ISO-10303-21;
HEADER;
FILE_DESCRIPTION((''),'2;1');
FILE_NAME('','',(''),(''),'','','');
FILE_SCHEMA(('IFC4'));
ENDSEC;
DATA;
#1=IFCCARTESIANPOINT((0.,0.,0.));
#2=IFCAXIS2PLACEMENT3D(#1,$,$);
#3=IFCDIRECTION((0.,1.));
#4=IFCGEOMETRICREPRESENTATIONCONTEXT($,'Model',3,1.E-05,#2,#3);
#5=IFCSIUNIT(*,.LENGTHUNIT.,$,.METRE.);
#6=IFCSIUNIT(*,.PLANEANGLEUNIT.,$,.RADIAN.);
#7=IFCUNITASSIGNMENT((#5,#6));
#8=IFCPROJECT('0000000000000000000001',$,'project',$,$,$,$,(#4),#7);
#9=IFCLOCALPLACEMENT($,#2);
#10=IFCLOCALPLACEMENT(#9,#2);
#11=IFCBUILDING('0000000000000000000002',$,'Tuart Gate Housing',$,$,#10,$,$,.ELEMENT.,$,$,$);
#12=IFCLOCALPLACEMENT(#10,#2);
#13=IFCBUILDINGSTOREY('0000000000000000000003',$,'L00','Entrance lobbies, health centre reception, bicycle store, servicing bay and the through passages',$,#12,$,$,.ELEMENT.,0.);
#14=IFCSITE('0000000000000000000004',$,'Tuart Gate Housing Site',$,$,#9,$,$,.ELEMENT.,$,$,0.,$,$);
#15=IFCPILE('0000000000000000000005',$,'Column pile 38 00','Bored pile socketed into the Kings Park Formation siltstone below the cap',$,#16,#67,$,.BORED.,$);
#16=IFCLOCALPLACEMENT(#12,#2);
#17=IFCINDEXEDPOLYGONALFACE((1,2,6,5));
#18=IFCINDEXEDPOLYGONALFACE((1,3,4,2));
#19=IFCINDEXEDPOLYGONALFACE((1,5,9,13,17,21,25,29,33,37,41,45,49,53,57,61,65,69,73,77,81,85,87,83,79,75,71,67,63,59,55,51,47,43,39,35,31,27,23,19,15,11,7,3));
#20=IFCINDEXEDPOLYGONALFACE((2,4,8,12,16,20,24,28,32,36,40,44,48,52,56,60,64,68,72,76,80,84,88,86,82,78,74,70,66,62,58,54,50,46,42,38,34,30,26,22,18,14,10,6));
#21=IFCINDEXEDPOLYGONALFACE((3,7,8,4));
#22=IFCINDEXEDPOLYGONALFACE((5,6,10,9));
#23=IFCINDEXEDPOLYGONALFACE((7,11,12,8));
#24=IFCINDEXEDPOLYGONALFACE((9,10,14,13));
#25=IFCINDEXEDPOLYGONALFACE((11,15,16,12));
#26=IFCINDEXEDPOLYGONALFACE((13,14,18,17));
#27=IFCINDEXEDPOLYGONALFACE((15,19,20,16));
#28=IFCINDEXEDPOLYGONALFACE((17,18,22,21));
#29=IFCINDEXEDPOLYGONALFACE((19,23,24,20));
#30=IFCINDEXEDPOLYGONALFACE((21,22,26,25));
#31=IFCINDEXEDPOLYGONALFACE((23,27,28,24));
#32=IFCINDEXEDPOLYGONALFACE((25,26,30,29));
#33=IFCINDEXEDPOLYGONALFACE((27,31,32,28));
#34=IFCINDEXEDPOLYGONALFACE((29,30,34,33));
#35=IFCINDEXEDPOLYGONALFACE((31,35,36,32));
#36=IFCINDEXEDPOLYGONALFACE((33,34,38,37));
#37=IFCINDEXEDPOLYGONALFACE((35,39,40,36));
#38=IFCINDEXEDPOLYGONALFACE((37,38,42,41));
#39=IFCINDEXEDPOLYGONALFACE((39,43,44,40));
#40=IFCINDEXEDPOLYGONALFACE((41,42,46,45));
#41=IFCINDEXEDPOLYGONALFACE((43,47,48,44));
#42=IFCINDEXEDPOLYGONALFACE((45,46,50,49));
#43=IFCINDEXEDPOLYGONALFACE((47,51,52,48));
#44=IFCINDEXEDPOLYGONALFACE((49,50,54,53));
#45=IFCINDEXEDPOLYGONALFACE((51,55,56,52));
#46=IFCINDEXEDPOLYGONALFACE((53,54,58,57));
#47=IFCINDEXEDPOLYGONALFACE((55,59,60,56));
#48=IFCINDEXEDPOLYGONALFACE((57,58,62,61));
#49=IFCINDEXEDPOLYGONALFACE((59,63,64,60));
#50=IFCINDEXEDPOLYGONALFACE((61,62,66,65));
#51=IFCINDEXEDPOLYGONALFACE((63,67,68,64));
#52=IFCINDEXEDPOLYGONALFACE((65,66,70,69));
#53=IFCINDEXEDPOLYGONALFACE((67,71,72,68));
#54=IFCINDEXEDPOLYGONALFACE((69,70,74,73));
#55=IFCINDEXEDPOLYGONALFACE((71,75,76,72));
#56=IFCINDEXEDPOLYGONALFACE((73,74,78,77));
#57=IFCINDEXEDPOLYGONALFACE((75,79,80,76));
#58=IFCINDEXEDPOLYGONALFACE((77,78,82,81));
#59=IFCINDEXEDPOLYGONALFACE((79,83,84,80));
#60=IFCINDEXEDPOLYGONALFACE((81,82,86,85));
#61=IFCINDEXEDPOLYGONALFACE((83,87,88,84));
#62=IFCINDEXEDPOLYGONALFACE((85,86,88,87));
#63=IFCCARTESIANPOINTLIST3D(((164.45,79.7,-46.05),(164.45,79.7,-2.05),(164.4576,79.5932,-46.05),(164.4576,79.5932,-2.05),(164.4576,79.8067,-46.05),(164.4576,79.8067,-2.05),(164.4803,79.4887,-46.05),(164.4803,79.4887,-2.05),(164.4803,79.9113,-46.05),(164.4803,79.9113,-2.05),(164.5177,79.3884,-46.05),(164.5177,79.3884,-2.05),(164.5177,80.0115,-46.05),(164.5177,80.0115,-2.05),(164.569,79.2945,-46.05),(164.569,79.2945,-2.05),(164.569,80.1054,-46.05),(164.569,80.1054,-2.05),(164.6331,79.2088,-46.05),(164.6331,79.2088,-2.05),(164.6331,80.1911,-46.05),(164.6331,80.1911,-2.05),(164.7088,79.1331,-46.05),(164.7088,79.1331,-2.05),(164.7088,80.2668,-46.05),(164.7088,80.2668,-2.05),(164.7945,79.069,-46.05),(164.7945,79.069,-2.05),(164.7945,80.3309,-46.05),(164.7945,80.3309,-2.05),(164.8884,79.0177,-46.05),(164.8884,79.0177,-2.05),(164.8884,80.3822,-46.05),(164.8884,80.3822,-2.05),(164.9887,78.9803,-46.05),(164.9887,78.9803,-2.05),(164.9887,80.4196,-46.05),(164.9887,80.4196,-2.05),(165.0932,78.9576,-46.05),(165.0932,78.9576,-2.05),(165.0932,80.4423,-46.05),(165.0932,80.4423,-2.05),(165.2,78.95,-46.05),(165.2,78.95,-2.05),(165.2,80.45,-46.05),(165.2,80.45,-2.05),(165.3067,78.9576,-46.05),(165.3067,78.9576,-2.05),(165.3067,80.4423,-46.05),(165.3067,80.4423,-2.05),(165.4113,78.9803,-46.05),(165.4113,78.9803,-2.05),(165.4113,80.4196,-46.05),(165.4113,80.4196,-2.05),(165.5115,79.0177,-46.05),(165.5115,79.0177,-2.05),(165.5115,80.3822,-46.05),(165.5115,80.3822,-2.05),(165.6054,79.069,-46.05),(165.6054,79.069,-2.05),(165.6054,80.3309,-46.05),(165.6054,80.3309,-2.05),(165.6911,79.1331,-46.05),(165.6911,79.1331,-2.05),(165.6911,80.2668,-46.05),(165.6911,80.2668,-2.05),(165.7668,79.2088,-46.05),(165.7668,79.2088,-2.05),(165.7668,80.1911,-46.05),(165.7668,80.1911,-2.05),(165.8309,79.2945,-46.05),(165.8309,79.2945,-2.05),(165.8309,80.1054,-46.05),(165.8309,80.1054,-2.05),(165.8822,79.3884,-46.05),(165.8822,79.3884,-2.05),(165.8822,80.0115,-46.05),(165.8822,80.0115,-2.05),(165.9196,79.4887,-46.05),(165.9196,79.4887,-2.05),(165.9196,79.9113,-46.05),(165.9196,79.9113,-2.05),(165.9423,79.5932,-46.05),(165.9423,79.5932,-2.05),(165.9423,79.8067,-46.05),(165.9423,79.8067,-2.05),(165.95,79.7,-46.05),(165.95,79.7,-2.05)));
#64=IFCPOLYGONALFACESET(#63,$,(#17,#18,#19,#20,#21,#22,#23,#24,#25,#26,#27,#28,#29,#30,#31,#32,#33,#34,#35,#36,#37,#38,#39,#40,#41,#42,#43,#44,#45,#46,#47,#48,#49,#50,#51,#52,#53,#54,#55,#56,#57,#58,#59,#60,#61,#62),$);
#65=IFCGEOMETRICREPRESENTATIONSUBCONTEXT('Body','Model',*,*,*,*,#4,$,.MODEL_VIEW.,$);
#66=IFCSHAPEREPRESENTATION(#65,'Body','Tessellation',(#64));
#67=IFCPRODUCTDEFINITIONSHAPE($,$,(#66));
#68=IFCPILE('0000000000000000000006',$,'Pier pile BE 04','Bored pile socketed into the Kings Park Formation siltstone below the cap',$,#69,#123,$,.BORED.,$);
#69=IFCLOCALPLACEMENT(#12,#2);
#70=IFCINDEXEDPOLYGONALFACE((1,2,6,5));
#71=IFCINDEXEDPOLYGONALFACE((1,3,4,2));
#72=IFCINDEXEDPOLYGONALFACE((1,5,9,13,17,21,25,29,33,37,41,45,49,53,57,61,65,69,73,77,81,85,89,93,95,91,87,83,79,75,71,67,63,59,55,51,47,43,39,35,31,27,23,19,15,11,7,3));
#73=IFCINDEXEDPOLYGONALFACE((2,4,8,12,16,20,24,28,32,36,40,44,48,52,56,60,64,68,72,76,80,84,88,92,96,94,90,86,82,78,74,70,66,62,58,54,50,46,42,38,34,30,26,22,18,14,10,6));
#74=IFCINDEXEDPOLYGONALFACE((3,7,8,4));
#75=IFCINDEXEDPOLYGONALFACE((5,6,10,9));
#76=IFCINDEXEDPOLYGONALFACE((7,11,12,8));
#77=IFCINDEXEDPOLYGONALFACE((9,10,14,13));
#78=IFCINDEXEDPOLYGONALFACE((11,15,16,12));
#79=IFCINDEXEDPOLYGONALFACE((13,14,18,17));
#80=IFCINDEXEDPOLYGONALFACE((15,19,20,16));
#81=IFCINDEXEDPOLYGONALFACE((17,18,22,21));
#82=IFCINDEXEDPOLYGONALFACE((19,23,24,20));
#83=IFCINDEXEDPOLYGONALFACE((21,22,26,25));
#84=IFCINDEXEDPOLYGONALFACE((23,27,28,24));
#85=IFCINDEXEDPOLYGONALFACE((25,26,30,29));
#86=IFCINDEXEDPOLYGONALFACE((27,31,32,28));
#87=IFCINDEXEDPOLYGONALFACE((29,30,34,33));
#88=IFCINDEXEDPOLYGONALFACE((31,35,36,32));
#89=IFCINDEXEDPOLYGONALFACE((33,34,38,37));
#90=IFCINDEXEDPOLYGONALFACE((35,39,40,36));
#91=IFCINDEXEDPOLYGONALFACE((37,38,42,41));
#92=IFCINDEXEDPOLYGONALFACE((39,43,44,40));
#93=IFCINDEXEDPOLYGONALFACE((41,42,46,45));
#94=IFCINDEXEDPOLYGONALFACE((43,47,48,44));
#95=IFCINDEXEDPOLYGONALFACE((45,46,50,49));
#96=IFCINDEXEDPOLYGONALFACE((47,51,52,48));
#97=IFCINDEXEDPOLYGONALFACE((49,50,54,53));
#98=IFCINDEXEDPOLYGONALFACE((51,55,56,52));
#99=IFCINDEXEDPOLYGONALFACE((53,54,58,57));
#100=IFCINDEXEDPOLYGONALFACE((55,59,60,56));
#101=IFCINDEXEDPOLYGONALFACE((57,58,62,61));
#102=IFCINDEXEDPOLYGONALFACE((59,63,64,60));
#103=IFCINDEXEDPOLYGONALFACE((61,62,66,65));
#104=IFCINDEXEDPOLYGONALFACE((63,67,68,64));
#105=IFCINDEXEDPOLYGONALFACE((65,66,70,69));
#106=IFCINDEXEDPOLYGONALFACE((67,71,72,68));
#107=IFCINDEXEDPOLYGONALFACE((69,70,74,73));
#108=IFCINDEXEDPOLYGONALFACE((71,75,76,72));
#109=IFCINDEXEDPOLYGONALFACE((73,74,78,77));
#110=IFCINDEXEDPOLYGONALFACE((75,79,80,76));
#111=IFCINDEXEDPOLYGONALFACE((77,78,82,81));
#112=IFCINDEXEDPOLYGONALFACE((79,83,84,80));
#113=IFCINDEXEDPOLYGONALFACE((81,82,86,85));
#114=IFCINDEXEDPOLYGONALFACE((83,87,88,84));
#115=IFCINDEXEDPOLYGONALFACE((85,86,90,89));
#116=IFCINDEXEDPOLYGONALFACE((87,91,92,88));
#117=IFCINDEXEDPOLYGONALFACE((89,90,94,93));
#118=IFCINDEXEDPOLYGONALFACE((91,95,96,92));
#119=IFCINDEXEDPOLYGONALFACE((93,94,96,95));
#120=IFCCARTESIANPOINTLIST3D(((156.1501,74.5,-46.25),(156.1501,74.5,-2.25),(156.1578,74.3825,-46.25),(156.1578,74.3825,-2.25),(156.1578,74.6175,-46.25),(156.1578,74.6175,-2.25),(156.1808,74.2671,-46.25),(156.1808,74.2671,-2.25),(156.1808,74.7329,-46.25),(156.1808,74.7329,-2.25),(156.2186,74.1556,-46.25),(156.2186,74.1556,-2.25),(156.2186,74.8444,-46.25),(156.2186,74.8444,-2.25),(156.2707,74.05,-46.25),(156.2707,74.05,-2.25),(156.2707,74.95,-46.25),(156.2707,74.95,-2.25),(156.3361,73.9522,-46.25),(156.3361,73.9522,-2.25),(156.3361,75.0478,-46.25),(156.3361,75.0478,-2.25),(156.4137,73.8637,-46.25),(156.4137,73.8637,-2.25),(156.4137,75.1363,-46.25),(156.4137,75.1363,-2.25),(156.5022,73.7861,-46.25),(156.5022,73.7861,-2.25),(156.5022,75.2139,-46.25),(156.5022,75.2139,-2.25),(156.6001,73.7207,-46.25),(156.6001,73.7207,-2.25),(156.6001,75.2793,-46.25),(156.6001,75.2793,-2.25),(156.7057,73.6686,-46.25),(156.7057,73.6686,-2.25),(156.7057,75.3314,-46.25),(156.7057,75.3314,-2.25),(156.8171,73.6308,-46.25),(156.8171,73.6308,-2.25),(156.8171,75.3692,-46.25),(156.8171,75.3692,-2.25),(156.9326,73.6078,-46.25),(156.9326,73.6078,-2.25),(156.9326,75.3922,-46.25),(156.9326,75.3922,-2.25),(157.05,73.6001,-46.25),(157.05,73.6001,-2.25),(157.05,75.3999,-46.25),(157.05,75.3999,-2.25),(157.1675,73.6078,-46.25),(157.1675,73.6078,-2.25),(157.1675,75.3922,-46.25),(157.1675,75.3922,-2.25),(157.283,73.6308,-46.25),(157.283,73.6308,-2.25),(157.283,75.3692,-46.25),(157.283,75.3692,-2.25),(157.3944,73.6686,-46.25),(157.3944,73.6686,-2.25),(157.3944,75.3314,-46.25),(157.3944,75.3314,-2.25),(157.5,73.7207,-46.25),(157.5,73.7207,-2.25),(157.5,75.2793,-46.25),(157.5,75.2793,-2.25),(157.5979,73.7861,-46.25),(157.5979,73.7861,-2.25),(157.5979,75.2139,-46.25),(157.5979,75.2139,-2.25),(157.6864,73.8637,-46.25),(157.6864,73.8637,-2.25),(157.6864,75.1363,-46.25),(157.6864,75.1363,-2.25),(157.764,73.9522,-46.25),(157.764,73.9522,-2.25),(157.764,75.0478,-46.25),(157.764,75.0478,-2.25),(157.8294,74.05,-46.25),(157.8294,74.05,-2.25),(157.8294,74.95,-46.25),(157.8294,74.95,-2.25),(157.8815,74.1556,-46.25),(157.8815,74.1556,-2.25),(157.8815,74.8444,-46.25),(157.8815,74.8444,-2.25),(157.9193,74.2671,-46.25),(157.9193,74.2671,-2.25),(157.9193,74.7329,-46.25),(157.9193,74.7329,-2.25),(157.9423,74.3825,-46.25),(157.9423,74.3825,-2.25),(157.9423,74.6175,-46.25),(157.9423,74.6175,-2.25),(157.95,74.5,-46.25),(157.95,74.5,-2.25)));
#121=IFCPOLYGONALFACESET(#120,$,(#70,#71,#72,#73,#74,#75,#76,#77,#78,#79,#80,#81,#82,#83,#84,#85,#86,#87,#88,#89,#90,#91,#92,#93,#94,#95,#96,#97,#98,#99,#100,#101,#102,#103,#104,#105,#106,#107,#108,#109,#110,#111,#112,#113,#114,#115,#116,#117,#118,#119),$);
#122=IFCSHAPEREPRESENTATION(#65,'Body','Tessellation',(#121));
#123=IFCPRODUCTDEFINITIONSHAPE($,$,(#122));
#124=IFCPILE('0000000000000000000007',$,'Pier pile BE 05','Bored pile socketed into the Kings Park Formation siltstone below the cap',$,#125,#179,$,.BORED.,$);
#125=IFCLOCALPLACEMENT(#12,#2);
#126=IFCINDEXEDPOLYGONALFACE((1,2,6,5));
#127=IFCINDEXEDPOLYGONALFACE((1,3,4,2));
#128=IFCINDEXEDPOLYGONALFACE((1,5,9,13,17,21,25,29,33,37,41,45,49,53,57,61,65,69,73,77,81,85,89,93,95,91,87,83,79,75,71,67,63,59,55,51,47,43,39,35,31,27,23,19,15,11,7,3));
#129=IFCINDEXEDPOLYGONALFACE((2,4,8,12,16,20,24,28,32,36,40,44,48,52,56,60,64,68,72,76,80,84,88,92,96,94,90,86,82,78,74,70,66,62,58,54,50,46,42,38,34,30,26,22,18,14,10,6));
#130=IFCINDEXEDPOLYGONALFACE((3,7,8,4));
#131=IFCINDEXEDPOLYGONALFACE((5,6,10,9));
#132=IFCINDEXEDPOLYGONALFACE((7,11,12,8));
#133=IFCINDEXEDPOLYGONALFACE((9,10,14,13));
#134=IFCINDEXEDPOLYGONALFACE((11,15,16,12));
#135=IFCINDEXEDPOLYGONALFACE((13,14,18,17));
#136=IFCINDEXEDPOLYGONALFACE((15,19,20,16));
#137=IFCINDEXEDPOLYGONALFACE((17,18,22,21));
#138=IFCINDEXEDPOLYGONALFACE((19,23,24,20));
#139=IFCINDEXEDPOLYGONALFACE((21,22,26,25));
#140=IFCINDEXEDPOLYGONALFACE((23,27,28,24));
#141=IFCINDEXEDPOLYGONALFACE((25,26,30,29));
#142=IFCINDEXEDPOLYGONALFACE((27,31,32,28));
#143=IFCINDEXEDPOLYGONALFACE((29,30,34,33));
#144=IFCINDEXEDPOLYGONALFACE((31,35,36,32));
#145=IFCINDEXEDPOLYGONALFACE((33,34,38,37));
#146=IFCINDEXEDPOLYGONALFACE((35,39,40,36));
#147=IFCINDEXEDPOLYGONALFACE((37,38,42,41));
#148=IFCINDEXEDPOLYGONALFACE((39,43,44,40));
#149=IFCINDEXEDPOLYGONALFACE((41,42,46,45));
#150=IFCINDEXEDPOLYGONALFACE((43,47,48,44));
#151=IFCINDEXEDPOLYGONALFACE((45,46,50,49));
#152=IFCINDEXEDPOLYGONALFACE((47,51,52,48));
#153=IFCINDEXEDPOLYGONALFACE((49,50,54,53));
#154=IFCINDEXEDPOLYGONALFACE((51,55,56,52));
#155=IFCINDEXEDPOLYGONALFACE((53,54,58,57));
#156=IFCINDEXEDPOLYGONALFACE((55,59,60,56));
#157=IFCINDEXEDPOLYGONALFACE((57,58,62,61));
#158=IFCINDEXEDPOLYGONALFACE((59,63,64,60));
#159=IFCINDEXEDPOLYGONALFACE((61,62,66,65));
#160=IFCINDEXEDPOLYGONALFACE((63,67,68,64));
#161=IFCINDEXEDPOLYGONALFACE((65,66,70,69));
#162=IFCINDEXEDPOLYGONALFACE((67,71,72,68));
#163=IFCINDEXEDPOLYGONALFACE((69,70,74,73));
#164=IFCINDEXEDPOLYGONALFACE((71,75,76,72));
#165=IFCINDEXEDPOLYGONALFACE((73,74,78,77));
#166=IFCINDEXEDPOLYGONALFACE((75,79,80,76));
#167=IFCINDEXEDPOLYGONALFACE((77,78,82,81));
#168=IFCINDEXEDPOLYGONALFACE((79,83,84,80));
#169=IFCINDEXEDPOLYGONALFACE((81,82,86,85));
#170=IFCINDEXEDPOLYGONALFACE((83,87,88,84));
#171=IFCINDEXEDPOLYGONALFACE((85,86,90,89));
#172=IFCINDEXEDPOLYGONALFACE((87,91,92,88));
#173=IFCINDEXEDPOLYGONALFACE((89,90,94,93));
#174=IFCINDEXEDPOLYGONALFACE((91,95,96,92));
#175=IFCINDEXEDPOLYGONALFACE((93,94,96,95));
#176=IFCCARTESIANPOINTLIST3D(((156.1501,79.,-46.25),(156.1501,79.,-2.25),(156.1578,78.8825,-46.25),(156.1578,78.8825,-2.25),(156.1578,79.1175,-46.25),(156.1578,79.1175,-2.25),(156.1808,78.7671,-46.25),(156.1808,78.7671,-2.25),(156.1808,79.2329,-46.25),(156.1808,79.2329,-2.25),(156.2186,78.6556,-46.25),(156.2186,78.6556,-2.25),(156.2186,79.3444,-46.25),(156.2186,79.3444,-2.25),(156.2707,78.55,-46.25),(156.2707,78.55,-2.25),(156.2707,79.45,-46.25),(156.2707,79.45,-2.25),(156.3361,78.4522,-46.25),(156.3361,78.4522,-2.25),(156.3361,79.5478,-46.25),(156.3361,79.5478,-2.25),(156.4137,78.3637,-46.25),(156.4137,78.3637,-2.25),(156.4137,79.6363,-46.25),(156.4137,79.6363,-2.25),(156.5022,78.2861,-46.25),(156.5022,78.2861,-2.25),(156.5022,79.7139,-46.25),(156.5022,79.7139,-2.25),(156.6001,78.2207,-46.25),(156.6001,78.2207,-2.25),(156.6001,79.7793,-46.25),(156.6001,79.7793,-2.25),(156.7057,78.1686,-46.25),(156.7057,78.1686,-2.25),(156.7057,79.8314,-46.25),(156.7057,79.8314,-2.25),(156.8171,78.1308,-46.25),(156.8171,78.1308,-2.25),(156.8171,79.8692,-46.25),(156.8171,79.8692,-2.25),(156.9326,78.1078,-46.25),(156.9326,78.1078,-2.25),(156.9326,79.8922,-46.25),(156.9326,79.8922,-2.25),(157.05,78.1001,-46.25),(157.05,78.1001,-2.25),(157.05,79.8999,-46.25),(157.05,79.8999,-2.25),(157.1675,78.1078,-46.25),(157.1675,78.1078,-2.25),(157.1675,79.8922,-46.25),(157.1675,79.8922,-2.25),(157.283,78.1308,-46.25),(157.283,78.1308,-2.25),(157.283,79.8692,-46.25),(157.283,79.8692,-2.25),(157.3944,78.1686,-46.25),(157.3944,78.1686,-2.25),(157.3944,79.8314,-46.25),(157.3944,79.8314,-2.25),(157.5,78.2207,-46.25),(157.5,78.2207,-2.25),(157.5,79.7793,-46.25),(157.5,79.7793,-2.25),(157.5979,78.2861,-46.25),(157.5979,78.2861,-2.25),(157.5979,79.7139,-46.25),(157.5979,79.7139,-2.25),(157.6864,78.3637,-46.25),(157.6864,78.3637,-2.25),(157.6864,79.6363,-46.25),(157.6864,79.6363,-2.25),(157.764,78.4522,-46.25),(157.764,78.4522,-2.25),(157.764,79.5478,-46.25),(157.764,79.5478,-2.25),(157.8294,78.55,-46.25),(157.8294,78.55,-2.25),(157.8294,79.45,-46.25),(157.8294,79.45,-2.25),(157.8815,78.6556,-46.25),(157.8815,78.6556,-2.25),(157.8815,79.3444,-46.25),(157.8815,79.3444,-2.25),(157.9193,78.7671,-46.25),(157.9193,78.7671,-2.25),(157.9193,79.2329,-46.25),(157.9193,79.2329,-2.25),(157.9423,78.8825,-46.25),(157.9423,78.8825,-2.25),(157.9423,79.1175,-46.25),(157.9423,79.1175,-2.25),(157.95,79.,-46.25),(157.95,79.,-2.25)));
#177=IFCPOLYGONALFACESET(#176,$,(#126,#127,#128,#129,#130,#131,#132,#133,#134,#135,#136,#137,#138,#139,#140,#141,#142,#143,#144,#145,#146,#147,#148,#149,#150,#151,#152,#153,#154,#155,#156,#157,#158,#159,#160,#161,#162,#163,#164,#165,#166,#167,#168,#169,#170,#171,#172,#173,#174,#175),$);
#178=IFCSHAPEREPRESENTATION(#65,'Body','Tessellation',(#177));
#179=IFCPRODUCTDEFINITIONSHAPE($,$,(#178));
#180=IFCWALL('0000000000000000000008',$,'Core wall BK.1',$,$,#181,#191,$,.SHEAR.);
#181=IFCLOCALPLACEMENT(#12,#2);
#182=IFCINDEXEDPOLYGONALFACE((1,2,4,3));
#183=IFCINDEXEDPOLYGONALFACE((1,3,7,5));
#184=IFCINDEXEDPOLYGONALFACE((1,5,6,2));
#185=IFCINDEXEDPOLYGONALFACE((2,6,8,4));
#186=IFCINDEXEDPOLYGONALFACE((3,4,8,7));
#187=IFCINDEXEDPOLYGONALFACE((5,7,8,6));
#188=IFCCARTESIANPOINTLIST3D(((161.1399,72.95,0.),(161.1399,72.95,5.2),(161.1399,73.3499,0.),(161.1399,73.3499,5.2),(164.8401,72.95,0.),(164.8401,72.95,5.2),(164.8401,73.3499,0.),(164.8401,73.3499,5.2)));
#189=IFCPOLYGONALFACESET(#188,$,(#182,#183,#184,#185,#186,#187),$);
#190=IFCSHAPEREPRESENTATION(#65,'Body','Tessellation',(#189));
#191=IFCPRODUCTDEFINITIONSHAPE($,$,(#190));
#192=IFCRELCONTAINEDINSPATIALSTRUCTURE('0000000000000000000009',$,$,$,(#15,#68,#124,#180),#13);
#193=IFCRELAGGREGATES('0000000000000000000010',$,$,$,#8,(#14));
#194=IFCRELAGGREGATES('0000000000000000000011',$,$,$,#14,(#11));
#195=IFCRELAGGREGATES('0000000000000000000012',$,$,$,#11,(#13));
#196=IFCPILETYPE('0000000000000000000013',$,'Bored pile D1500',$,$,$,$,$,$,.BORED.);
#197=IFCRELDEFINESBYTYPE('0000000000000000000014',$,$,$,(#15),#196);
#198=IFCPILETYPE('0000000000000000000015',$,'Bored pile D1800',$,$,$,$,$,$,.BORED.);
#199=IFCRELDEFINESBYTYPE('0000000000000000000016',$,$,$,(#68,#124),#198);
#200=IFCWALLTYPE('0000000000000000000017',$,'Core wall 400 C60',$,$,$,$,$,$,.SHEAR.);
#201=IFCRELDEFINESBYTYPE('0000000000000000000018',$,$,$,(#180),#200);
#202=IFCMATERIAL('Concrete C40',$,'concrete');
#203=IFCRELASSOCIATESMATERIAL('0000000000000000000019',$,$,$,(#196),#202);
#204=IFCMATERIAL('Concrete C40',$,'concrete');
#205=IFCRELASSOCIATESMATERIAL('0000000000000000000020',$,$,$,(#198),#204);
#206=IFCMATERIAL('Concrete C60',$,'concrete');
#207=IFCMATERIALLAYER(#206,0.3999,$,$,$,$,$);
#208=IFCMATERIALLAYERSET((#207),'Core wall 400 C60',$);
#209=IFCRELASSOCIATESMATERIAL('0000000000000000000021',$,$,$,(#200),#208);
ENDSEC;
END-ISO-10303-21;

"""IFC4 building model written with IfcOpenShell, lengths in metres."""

from ifc_helpers import new_model, si_unit, direction, frame, frame_2d, origin, origin_2d, place, context, subcontext, project, spatial, rectangle, circle, extrude, material, layer, layer_set, material_profile, profile_set, type_object, element, save


model = new_model("IFC4")

# Units and contexts
model_context = context("Model", 3, precision=1e-05, world=origin(), true_north=direction((0.0, 1.0)))
body_context = subcontext(model_context, "Body", "Model", "MODEL_VIEW")
ifc_project = project(units=[si_unit("LENGTHUNIT", "METRE"), si_unit("PLANEANGLEUNIT", "RADIAN")], contexts=[model_context])

# Site, building, storey
site_placement = place(None, origin())
site = spatial("IfcSite", under=ifc_project, at=site_placement, Name="Tuart Gate Housing Site", CompositionType="ELEMENT", RefElevation=0.0)
building_placement = place(site_placement, origin())
building = spatial("IfcBuilding", under=site, at=building_placement, Name="Tuart Gate Housing", CompositionType="ELEMENT")
storey_placement = place(building_placement, origin())
storey = spatial("IfcBuildingStorey", under=building, at=storey_placement, Name="L00", Description="Entrance lobbies, health centre reception, bicycle store, servicing bay and the through passages", CompositionType="ELEMENT", Elevation=0.0)

# Piles
ifc_material_1 = material(Name="Concrete C40", Category="concrete")
ifc_material_profile_1 = material_profile(ifc_material_1, circle(Radius=0.75, at=origin_2d()), Name="Bored pile D1500")
ifc_profile_set_1 = profile_set([ifc_material_profile_1], Name="Concrete C40")
pile_type_1 = type_object("IfcPileType", Name="Bored pile D1500", PredefinedType="BORED", material=ifc_profile_set_1)
for number, where, z_axis, x_axis, name in (
    (1, (165.2, 79.7, -2.05), (0.0, 0.0, -1.0), (1.0, 0.0, 0.0), "Column pile 38 00"),
):
    element("IfcPile", number, at=place(storey_placement, frame(where, z_axis=z_axis, x_axis=x_axis)), inside=storey, type_object=pile_type_1, Name=name, Description="Bored pile socketed into the Kings Park Formation siltstone below the cap", PredefinedType="BORED", context=body_context, shape_type="SweptSolid", body=[
        extrude(circle(Radius=0.75, at=origin_2d()), origin(), (0.0, 0.0, 1.0), 44.0),
    ])
ifc_material_2 = material(Name="Concrete C40", Category="concrete")
ifc_material_profile_2 = material_profile(ifc_material_2, circle(Radius=0.8999, at=origin_2d()), Name="Bored pile D1800")
ifc_profile_set_2 = profile_set([ifc_material_profile_2], Name="Concrete C40")
pile_type_2 = type_object("IfcPileType", Name="Bored pile D1800", PredefinedType="BORED", material=ifc_profile_set_2)
for number, where, z_axis, x_axis, name in (
    (2, (157.05, 74.5, -2.25), (0.0, 0.0, -1.0), (1.0, 0.0, 0.0), "Pier pile BE 04"),
    (3, (157.05, 79.0, -2.25), (0.0, 0.0, -1.0), (1.0, 0.0, 0.0), "Pier pile BE 05"),
):
    element("IfcPile", number, at=place(storey_placement, frame(where, z_axis=z_axis, x_axis=x_axis)), inside=storey, type_object=pile_type_2, Name=name, Description="Bored pile socketed into the Kings Park Formation siltstone below the cap", PredefinedType="BORED", context=body_context, shape_type="SweptSolid", body=[
        extrude(circle(Radius=0.8999, at=origin_2d()), origin(), (0.0, 0.0, 1.0), 44.0),
    ])

# Wall
ifc_material_3 = material(Name="Concrete C60", Category="concrete")
ifc_layer_1 = layer(ifc_material_3, 0.3999)
ifc_layer_set_1 = layer_set([ifc_layer_1], Name="Core wall 400 C60")
wall_type_1 = type_object("IfcWallType", Name="Core wall 400 C60", PredefinedType="SHEAR", material=ifc_layer_set_1)
wall_1_placement = place(storey_placement, frame((161.1399, 73.1499, 0.0), z_axis=(0.0, 0.0, 1.0), x_axis=(1.0, 0.0, 0.0)))
element("IfcWall", 4, at=wall_1_placement, inside=storey, type_object=wall_type_1, Name="Core wall BK.1", PredefinedType="SHEAR", context=body_context, shape_type="SweptSolid", body=[
    extrude(rectangle(XDim=3.7002, YDim=0.3999, at=frame_2d((1.8501, 0.0))), origin(), (0.0, 0.0, 1.0), 5.2),
])

save(model, "model.ifc")
